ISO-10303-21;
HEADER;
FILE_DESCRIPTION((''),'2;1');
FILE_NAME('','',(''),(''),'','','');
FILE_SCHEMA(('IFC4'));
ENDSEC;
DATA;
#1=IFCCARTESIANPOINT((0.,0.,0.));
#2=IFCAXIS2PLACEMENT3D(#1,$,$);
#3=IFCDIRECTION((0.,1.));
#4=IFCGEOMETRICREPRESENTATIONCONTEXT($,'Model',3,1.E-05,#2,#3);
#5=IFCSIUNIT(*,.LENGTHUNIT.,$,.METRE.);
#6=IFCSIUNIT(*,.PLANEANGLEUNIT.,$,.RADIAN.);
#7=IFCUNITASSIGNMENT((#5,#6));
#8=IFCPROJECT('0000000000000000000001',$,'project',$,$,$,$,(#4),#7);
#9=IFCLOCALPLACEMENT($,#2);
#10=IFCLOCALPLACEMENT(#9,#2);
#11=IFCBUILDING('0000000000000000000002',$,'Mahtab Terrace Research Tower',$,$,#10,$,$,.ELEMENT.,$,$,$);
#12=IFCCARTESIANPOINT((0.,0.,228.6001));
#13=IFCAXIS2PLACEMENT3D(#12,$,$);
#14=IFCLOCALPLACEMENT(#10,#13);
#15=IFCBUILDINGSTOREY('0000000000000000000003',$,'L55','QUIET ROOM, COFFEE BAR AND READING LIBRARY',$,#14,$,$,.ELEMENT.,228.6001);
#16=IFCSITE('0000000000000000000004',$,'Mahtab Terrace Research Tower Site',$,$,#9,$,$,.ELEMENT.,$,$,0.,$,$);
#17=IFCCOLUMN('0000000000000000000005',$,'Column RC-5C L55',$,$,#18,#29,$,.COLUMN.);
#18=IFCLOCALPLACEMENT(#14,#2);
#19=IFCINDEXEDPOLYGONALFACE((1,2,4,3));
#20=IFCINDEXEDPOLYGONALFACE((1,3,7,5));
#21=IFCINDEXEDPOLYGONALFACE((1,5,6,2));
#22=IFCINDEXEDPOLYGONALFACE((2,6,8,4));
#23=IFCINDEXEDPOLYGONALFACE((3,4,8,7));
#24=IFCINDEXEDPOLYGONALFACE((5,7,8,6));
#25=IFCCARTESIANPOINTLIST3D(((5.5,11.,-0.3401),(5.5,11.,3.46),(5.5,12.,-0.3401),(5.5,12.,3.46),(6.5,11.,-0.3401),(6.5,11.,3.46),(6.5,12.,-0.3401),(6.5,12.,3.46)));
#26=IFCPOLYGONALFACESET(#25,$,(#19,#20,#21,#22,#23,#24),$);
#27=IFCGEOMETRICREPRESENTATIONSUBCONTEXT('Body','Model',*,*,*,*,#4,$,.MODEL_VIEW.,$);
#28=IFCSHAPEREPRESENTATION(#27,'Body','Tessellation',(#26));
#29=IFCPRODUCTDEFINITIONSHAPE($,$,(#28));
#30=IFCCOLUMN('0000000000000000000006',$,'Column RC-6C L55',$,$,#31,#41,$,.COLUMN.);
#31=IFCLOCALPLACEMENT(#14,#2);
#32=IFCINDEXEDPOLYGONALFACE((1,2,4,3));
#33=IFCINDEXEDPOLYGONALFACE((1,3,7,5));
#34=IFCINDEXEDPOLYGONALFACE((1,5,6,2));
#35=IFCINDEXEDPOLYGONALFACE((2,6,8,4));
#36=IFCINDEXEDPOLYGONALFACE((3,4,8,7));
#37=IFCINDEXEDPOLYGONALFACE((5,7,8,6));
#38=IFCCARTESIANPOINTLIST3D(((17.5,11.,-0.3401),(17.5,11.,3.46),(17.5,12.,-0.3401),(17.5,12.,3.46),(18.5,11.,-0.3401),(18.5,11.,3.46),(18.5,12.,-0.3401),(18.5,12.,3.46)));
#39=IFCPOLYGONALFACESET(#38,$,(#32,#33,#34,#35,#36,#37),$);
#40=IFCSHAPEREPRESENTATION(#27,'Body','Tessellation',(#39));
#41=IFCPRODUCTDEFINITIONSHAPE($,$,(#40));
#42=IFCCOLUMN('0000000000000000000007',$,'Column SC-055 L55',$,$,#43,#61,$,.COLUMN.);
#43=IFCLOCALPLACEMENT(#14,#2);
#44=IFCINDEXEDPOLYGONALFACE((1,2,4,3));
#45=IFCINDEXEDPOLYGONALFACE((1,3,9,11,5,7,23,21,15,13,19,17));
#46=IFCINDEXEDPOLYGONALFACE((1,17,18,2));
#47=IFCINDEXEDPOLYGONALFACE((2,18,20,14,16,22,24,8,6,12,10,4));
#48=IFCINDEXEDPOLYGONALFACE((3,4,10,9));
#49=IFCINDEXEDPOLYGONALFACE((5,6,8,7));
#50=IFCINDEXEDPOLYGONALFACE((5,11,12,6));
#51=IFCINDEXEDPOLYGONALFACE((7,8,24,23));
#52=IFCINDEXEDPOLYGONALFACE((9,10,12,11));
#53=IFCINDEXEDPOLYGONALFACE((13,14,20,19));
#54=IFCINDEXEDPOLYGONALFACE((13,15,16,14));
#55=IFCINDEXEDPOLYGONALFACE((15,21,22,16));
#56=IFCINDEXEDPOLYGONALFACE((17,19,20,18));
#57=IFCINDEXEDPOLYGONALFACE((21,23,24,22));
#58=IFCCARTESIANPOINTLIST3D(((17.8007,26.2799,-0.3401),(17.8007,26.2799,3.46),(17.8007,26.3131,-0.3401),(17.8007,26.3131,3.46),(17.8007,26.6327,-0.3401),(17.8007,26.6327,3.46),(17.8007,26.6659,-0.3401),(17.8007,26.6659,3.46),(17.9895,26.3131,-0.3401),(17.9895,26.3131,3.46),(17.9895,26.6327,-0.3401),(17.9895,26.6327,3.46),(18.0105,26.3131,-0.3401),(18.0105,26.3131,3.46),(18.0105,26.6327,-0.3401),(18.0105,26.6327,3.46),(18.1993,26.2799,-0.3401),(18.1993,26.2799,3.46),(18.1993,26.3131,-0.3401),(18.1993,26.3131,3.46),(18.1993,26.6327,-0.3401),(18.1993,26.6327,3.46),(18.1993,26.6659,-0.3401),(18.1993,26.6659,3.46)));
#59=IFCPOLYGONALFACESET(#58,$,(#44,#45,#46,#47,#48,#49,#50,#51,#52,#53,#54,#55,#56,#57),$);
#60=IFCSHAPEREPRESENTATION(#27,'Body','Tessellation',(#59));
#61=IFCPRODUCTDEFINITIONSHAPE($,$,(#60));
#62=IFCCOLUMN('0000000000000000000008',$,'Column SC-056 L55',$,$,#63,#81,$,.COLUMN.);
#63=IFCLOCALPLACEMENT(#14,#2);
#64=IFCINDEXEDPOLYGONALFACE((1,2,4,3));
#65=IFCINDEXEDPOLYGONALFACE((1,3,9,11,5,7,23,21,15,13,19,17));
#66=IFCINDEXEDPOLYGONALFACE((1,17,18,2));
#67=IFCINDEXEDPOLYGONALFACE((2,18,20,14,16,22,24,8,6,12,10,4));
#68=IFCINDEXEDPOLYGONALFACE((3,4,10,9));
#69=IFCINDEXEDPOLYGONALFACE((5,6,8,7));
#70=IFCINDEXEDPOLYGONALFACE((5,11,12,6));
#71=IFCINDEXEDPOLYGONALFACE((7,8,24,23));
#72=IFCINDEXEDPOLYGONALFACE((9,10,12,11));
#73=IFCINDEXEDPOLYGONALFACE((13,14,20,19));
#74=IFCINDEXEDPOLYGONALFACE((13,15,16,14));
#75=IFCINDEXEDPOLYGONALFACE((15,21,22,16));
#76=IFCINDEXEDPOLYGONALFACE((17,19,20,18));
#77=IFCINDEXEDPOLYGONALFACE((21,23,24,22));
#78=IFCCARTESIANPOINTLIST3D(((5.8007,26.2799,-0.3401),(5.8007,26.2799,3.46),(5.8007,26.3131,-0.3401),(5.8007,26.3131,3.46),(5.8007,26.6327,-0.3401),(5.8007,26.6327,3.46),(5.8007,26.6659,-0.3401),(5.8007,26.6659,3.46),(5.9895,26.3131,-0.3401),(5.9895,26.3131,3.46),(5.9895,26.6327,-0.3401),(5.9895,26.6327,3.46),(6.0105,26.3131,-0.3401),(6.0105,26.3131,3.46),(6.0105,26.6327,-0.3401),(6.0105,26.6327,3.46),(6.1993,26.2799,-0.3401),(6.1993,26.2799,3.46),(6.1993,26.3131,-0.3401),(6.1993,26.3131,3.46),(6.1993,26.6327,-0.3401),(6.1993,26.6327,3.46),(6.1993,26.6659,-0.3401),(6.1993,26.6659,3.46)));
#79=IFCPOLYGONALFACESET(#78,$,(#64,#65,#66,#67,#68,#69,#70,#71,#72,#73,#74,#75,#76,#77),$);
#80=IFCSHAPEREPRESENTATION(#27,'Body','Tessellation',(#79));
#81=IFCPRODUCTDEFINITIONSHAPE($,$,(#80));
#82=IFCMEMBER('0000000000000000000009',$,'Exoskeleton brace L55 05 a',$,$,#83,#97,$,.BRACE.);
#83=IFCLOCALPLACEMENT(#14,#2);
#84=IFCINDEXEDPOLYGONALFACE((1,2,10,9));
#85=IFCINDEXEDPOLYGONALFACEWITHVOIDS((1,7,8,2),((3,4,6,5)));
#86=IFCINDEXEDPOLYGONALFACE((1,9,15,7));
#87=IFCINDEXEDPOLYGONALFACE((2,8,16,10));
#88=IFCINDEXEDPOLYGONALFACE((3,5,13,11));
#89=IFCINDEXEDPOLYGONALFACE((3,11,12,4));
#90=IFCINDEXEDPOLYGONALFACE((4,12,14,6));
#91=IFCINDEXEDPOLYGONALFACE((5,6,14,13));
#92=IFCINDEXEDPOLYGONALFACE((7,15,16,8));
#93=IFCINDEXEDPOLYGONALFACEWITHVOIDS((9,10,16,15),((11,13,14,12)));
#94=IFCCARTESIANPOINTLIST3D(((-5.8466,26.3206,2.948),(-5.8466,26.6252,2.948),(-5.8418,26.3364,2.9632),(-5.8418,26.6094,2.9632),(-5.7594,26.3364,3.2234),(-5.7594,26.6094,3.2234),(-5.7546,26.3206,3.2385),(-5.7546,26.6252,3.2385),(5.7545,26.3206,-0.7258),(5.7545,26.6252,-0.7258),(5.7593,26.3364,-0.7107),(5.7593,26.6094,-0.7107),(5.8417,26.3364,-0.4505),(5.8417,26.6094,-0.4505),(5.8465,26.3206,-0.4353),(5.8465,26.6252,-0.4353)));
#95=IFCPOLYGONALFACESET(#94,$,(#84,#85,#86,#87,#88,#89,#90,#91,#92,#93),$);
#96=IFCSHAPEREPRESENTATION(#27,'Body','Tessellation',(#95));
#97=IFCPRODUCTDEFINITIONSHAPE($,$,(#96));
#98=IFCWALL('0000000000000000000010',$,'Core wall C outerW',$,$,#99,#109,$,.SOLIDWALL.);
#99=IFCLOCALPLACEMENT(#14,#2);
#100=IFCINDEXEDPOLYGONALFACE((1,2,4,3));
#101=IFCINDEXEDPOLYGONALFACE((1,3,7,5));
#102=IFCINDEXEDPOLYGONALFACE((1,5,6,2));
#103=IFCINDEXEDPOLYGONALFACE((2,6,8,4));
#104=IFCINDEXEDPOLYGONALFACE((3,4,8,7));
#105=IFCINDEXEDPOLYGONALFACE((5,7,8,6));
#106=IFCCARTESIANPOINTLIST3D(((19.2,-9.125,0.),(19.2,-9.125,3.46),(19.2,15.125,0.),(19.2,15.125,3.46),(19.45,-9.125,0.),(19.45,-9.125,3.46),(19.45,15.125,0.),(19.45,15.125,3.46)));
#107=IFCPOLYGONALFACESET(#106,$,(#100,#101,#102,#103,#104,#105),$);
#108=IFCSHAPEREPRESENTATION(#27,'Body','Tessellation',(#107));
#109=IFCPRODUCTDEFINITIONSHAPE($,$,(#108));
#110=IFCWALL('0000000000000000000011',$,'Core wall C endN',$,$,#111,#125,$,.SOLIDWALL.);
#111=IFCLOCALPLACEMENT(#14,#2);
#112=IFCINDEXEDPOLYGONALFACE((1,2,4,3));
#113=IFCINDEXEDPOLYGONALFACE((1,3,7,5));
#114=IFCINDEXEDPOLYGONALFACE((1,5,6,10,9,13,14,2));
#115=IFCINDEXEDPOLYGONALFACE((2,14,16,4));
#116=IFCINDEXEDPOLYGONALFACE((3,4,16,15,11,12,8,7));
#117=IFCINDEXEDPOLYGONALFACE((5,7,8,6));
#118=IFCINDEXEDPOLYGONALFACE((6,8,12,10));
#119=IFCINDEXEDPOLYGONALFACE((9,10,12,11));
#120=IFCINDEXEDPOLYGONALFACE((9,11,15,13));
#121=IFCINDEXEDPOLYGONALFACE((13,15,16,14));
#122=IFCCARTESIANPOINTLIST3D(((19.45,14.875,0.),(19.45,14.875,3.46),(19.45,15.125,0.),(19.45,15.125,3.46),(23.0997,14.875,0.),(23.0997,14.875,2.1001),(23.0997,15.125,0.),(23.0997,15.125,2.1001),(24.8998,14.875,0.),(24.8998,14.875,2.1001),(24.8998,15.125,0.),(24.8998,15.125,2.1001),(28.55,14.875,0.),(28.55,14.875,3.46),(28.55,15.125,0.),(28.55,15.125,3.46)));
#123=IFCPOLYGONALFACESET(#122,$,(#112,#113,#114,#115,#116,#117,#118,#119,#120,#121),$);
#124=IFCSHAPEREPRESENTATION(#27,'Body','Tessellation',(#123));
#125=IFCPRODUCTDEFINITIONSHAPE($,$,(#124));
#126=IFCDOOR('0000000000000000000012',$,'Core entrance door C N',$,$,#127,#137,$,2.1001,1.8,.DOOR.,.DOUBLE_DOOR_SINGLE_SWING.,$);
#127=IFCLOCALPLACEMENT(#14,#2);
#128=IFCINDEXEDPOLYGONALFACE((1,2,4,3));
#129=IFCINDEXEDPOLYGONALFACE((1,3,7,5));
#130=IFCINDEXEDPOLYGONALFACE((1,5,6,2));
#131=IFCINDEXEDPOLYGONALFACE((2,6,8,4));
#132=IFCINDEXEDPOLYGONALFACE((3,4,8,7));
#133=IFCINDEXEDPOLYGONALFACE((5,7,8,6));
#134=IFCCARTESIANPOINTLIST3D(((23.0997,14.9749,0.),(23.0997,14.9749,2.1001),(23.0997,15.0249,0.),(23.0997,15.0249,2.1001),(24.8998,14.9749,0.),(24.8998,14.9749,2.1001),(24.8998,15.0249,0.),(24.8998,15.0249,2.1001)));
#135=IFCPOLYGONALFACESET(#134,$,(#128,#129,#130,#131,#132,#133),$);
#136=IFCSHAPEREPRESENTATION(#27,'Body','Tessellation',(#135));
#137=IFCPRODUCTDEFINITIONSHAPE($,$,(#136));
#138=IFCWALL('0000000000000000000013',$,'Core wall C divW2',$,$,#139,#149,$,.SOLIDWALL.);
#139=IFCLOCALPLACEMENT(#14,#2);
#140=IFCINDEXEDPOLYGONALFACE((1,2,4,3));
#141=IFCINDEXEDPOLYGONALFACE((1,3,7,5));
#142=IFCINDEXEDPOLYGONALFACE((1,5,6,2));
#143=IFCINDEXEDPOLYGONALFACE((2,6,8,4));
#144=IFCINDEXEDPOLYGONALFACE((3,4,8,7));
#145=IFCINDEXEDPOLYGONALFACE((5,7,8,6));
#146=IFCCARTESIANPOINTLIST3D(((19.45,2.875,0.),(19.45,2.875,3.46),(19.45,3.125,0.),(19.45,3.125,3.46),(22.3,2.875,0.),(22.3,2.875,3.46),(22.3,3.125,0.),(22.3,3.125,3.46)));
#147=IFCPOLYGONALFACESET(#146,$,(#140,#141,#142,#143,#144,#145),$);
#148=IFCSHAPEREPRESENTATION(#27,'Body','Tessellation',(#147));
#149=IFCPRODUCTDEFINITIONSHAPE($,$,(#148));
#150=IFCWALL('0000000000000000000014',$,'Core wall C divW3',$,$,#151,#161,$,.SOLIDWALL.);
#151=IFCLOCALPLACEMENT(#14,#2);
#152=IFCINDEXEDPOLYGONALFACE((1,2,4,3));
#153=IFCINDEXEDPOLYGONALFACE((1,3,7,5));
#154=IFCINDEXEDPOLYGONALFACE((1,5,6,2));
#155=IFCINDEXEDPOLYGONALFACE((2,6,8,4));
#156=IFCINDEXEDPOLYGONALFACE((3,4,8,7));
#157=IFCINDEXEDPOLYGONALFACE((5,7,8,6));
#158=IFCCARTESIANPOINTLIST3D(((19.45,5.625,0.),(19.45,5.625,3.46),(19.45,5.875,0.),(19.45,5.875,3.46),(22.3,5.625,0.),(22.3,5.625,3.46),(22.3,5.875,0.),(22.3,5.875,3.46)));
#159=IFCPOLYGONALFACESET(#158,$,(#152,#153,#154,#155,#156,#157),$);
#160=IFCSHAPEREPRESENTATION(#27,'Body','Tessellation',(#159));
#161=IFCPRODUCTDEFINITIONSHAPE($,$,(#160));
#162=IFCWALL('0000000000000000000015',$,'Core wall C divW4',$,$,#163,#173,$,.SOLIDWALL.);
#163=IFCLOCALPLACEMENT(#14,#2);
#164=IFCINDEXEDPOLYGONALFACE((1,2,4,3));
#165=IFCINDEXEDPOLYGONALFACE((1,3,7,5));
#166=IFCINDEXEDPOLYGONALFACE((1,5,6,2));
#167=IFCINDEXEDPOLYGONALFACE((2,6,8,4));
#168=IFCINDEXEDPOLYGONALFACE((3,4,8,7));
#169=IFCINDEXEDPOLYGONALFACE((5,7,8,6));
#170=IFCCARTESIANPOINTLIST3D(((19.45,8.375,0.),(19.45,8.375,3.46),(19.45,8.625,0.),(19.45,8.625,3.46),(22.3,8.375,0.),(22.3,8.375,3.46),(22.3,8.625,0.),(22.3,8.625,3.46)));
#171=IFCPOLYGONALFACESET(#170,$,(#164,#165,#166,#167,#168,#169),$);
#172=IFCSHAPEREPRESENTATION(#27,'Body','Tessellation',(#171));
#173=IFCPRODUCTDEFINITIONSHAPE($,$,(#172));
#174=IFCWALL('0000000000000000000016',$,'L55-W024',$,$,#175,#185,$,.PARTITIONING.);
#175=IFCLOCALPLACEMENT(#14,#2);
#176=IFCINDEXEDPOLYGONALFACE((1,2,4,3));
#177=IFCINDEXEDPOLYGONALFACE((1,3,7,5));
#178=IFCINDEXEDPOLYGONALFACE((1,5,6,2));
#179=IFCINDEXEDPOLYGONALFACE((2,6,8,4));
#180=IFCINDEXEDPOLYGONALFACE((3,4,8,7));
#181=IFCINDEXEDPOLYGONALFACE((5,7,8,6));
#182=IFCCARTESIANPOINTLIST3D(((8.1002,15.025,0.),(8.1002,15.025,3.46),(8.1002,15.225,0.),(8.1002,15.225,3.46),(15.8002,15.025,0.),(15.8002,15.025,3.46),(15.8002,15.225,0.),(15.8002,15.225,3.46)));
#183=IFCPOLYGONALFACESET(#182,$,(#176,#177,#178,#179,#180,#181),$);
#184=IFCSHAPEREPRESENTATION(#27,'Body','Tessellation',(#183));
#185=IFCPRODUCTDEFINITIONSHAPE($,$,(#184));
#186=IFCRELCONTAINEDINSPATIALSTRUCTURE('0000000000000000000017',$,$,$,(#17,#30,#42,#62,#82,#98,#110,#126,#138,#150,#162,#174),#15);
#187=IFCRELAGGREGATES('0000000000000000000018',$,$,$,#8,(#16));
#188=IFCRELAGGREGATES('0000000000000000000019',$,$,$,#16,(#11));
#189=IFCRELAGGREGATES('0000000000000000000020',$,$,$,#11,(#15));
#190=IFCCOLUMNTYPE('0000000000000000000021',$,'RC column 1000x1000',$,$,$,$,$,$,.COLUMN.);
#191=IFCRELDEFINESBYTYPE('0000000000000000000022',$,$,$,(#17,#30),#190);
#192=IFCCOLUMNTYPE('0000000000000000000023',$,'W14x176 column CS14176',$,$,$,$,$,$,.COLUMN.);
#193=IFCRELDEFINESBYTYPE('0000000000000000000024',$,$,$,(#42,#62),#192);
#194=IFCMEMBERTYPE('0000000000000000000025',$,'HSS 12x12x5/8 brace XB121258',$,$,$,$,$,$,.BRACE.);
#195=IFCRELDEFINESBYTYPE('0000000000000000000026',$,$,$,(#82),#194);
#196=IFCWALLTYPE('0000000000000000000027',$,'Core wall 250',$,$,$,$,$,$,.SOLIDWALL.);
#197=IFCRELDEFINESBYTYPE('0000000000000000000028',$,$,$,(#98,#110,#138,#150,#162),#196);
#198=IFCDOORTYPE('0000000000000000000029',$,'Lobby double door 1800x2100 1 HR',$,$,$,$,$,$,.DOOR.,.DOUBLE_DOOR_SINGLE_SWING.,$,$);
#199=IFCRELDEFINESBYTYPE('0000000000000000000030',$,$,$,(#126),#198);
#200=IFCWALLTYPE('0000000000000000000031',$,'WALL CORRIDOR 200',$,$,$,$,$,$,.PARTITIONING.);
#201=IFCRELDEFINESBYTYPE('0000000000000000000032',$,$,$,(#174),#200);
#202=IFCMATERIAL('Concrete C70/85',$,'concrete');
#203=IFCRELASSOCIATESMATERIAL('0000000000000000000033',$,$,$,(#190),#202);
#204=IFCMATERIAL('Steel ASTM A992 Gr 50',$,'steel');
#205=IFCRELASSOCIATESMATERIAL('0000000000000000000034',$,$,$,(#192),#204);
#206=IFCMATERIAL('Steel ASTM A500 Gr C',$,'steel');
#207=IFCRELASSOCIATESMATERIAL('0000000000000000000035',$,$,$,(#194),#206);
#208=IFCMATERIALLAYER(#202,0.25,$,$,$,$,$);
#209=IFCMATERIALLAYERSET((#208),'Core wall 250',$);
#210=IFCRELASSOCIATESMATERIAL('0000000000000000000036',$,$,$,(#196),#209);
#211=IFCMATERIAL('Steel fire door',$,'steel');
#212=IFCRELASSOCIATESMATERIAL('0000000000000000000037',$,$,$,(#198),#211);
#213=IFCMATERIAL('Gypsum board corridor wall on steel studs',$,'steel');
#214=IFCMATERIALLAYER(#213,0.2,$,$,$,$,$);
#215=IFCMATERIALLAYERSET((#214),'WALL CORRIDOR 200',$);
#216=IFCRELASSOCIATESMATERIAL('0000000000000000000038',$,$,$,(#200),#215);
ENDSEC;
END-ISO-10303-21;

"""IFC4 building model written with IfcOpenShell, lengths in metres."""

from ifc_helpers import new_model, si_unit, direction, frame, frame_2d, origin, origin_2d, place, context, subcontext, project, spatial, rectangle, hollow_rectangle, i_section, extrude, material, layer, layer_set, material_profile, profile_set, type_object, element, fill, save


model = new_model("IFC4")

# Units and contexts
model_context = context("Model", 3, precision=1e-05, world=origin(), true_north=direction((0.0, 1.0)))
body_context = subcontext(model_context, "Body", "Model", "MODEL_VIEW")
ifc_project = project(units=[si_unit("LENGTHUNIT", "METRE"), si_unit("PLANEANGLEUNIT", "RADIAN")], contexts=[model_context])

# Site, building, storey
site_placement = place(None, origin())
site = spatial("IfcSite", under=ifc_project, at=site_placement, Name="Mahtab Terrace Research Tower Site", CompositionType="ELEMENT", RefElevation=0.0)
building_placement = place(site_placement, origin())
building = spatial("IfcBuilding", under=site, at=building_placement, Name="Mahtab Terrace Research Tower", CompositionType="ELEMENT")
storey_placement = place(building_placement, frame((0.0, 0.0, 228.6001)))
storey = spatial("IfcBuildingStorey", under=building, at=storey_placement, Name="L55", Description="QUIET ROOM, COFFEE BAR AND READING LIBRARY", CompositionType="ELEMENT", Elevation=228.6001)

# Columns
ifc_material_1 = material(Name="Concrete C70/85", Category="concrete")
ifc_material_profile_1 = material_profile(ifc_material_1, rectangle(XDim=1.0, YDim=1.0, at=origin_2d()), Name="RC column 1000x1000")
ifc_profile_set_1 = profile_set([ifc_material_profile_1], Name="Concrete C70/85")
column_type_1 = type_object("IfcColumnType", Name="RC column 1000x1000", PredefinedType="COLUMN", material=ifc_profile_set_1)
for number, where, z_axis, x_axis, name in (
    (1, (6.0, 11.5, -0.3401), (0.0, 0.0, 1.0), (1.0, 0.0, 0.0), "Column RC-5C L55"),
    (2, (18.0, 11.5, -0.3401), (0.0, 0.0, 1.0), (1.0, 0.0, 0.0), "Column RC-6C L55"),
):
    element("IfcColumn", number, at=place(storey_placement, frame(where, z_axis=z_axis, x_axis=x_axis)), inside=storey, type_object=column_type_1, Name=name, PredefinedType="COLUMN", context=body_context, shape_type="SweptSolid", body=[
        extrude(rectangle(XDim=1.0, YDim=1.0, at=origin_2d()), origin(), (0.0, 0.0, 1.0), 3.8),
    ])
ifc_material_2 = material(Name="Steel ASTM A992 Gr 50", Category="steel")
ifc_material_profile_2 = material_profile(ifc_material_2, i_section(OverallWidth=0.3987, OverallDepth=0.386, WebThickness=0.021, FlangeThickness=0.0332, at=origin_2d()), Name="W14X176")
ifc_profile_set_2 = profile_set([ifc_material_profile_2], Name="Steel ASTM A992 Gr 50")
column_type_2 = type_object("IfcColumnType", Name="W14x176 column CS14176", PredefinedType="COLUMN", material=ifc_profile_set_2)
for number, where, z_axis, x_axis, name in (
    (3, (18.0, 26.4729, -0.3401), (0.0, 0.0, 1.0), (1.0, 0.0, 0.0), "Column SC-055 L55"),
    (4, (6.0, 26.4729, -0.3401), (0.0, 0.0, 1.0), (1.0, 0.0, 0.0), "Column SC-056 L55"),
):
    element("IfcColumn", number, at=place(storey_placement, frame(where, z_axis=z_axis, x_axis=x_axis)), inside=storey, type_object=column_type_2, Name=name, PredefinedType="COLUMN", context=body_context, shape_type="SweptSolid", body=[
        extrude(i_section(OverallWidth=0.3987, OverallDepth=0.386, WebThickness=0.021, FlangeThickness=0.0332, at=origin_2d()), origin(), (0.0, 0.0, 1.0), 3.8),
    ])

# Member
ifc_material_3 = material(Name="Steel ASTM A500 Gr C", Category="steel")
ifc_material_profile_3 = material_profile(ifc_material_3, hollow_rectangle(XDim=0.3047, YDim=0.3047, WallThickness=0.0159, at=origin_2d()), Name="HSS12X12X5/8")
ifc_profile_set_3 = profile_set([ifc_material_profile_3], Name="Steel ASTM A500 Gr C")
member_type = type_object("IfcMemberType", Name="HSS 12x12x5/8 brace XB121258", PredefinedType="BRACE", material=ifc_profile_set_3)
member_placement = place(storey_placement, frame((5.8005, 26.4729, -0.5806), z_axis=(-0.953339, 0.0, 0.301903), x_axis=(0.0, -1.0, 0.0)))
element("IfcMember", 5, at=member_placement, inside=storey, type_object=member_type, Name="Exoskeleton brace L55 05 a", PredefinedType="BRACE", context=body_context, shape_type="SweptSolid", body=[
    extrude(hollow_rectangle(XDim=0.3047, YDim=0.3047, WallThickness=0.0159, at=origin_2d()), origin(), (0.0, 0.0, 1.0), 12.1689),
])

# Wall
ifc_layer_1 = layer(ifc_material_1, 0.25)
ifc_layer_set_1 = layer_set([ifc_layer_1], Name="Core wall 250")
wall_type_1 = type_object("IfcWallType", Name="Core wall 250", PredefinedType="SOLIDWALL", material=ifc_layer_set_1)
wall_1_placement = place(storey_placement, frame((19.325, 15.125, 0.0), z_axis=(0.0, 0.0, 1.0), x_axis=(0.0, -1.0, 0.0)))
element("IfcWall", 6, at=wall_1_placement, inside=storey, type_object=wall_type_1, Name="Core wall C outerW", PredefinedType="SOLIDWALL", context=body_context, shape_type="SweptSolid", body=[
    extrude(rectangle(XDim=24.25, YDim=0.25, at=frame_2d((12.125, 0.0))), origin(), (0.0, 0.0, 1.0), 3.46),
])

# Wall, opening, door
wall_2_placement = place(storey_placement, frame((19.45, 15.0, 0.0), z_axis=(0.0, 0.0, 1.0), x_axis=(1.0, 0.0, 0.0)))
wall_2 = element("IfcWall", 7, at=wall_2_placement, inside=storey, type_object=wall_type_1, Name="Core wall C endN", PredefinedType="SOLIDWALL", context=body_context, shape_type="SweptSolid", body=[
    extrude(rectangle(XDim=9.1001, YDim=0.25, at=frame_2d((4.55, 0.0))), origin(), (0.0, 0.0, 1.0), 3.46),
])
opening_placement = place(wall_2_placement, frame((3.6499, 0.0, 0.0)))
opening = element("IfcOpeningElement", 8, at=opening_placement, cuts=wall_2, PredefinedType="OPENING", context=body_context, shape_type="SweptSolid", body=[
    extrude(rectangle(XDim=1.8, YDim=2.1001, at=frame_2d((0.8999, 1.05))), frame((0.0, 0.135, 0.0), z_axis=(0.0, -1.0, 0.0), x_axis=(1.0, 0.0, 0.0)), (0.0, 0.0, 1.0), 0.27),
])
ifc_material_4 = material(Name="Steel fire door", Category="steel")
door_type = type_object("IfcDoorType", Name="Lobby double door 1800x2100 1 HR", OperationType="DOUBLE_DOOR_SINGLE_SWING", PredefinedType="DOOR", material=ifc_material_4)
door_placement = place(opening_placement, origin())
door = element("IfcDoor", 9, at=door_placement, inside=storey, type_object=door_type, Name="Core entrance door C N", OperationType="DOUBLE_DOOR_SINGLE_SWING", OverallHeight=2.1001, OverallWidth=1.8, PredefinedType="DOOR", context=body_context, shape_type="SweptSolid", body=[
    extrude(rectangle(XDim=1.8, YDim=2.1001, at=frame_2d((0.8999, 1.05))), frame((0.0, 0.0249, 0.0), z_axis=(0.0, -1.0, 0.0), x_axis=(1.0, 0.0, 0.0)), (0.0, 0.0, 1.0), 0.05),
])
fill(opening, door)

# Walls
for number, where, z_axis, x_axis, name in (
    (10, (19.45, 3.0, 0.0), (0.0, 0.0, 1.0), (1.0, 0.0, 0.0), "Core wall C divW2"),
    (11, (19.45, 5.75, 0.0), (0.0, 0.0, 1.0), (1.0, 0.0, 0.0), "Core wall C divW3"),
    (12, (19.45, 8.5, 0.0), (0.0, 0.0, 1.0), (1.0, 0.0, 0.0), "Core wall C divW4"),
):
    element("IfcWall", number, at=place(storey_placement, frame(where, z_axis=z_axis, x_axis=x_axis)), inside=storey, type_object=wall_type_1, Name=name, PredefinedType="SOLIDWALL", context=body_context, shape_type="SweptSolid", body=[
        extrude(rectangle(XDim=2.8501, YDim=0.25, at=frame_2d((1.425, 0.0))), origin(), (0.0, 0.0, 1.0), 3.46),
    ])
ifc_material_5 = material(Name="Gypsum board corridor wall on steel studs", Category="steel")
ifc_layer_2 = layer(ifc_material_5, 0.2)
ifc_layer_set_2 = layer_set([ifc_layer_2], Name="WALL CORRIDOR 200")
wall_type_2 = type_object("IfcWallType", Name="WALL CORRIDOR 200", PredefinedType="PARTITIONING", material=ifc_layer_set_2)
wall_3_placement = place(storey_placement, frame((8.1001, 15.125, 0.0), z_axis=(0.0, 0.0, 1.0), x_axis=(1.0, 0.0, 0.0)))
element("IfcWall", 13, at=wall_3_placement, inside=storey, type_object=wall_type_2, Name="L55-W024", PredefinedType="PARTITIONING", context=body_context, shape_type="SweptSolid", body=[
    extrude(rectangle(XDim=7.7, YDim=0.2, at=frame_2d((3.8501, 0.0))), origin(), (0.0, 0.0, 1.0), 3.46),
])

save(model, "model.ifc")
